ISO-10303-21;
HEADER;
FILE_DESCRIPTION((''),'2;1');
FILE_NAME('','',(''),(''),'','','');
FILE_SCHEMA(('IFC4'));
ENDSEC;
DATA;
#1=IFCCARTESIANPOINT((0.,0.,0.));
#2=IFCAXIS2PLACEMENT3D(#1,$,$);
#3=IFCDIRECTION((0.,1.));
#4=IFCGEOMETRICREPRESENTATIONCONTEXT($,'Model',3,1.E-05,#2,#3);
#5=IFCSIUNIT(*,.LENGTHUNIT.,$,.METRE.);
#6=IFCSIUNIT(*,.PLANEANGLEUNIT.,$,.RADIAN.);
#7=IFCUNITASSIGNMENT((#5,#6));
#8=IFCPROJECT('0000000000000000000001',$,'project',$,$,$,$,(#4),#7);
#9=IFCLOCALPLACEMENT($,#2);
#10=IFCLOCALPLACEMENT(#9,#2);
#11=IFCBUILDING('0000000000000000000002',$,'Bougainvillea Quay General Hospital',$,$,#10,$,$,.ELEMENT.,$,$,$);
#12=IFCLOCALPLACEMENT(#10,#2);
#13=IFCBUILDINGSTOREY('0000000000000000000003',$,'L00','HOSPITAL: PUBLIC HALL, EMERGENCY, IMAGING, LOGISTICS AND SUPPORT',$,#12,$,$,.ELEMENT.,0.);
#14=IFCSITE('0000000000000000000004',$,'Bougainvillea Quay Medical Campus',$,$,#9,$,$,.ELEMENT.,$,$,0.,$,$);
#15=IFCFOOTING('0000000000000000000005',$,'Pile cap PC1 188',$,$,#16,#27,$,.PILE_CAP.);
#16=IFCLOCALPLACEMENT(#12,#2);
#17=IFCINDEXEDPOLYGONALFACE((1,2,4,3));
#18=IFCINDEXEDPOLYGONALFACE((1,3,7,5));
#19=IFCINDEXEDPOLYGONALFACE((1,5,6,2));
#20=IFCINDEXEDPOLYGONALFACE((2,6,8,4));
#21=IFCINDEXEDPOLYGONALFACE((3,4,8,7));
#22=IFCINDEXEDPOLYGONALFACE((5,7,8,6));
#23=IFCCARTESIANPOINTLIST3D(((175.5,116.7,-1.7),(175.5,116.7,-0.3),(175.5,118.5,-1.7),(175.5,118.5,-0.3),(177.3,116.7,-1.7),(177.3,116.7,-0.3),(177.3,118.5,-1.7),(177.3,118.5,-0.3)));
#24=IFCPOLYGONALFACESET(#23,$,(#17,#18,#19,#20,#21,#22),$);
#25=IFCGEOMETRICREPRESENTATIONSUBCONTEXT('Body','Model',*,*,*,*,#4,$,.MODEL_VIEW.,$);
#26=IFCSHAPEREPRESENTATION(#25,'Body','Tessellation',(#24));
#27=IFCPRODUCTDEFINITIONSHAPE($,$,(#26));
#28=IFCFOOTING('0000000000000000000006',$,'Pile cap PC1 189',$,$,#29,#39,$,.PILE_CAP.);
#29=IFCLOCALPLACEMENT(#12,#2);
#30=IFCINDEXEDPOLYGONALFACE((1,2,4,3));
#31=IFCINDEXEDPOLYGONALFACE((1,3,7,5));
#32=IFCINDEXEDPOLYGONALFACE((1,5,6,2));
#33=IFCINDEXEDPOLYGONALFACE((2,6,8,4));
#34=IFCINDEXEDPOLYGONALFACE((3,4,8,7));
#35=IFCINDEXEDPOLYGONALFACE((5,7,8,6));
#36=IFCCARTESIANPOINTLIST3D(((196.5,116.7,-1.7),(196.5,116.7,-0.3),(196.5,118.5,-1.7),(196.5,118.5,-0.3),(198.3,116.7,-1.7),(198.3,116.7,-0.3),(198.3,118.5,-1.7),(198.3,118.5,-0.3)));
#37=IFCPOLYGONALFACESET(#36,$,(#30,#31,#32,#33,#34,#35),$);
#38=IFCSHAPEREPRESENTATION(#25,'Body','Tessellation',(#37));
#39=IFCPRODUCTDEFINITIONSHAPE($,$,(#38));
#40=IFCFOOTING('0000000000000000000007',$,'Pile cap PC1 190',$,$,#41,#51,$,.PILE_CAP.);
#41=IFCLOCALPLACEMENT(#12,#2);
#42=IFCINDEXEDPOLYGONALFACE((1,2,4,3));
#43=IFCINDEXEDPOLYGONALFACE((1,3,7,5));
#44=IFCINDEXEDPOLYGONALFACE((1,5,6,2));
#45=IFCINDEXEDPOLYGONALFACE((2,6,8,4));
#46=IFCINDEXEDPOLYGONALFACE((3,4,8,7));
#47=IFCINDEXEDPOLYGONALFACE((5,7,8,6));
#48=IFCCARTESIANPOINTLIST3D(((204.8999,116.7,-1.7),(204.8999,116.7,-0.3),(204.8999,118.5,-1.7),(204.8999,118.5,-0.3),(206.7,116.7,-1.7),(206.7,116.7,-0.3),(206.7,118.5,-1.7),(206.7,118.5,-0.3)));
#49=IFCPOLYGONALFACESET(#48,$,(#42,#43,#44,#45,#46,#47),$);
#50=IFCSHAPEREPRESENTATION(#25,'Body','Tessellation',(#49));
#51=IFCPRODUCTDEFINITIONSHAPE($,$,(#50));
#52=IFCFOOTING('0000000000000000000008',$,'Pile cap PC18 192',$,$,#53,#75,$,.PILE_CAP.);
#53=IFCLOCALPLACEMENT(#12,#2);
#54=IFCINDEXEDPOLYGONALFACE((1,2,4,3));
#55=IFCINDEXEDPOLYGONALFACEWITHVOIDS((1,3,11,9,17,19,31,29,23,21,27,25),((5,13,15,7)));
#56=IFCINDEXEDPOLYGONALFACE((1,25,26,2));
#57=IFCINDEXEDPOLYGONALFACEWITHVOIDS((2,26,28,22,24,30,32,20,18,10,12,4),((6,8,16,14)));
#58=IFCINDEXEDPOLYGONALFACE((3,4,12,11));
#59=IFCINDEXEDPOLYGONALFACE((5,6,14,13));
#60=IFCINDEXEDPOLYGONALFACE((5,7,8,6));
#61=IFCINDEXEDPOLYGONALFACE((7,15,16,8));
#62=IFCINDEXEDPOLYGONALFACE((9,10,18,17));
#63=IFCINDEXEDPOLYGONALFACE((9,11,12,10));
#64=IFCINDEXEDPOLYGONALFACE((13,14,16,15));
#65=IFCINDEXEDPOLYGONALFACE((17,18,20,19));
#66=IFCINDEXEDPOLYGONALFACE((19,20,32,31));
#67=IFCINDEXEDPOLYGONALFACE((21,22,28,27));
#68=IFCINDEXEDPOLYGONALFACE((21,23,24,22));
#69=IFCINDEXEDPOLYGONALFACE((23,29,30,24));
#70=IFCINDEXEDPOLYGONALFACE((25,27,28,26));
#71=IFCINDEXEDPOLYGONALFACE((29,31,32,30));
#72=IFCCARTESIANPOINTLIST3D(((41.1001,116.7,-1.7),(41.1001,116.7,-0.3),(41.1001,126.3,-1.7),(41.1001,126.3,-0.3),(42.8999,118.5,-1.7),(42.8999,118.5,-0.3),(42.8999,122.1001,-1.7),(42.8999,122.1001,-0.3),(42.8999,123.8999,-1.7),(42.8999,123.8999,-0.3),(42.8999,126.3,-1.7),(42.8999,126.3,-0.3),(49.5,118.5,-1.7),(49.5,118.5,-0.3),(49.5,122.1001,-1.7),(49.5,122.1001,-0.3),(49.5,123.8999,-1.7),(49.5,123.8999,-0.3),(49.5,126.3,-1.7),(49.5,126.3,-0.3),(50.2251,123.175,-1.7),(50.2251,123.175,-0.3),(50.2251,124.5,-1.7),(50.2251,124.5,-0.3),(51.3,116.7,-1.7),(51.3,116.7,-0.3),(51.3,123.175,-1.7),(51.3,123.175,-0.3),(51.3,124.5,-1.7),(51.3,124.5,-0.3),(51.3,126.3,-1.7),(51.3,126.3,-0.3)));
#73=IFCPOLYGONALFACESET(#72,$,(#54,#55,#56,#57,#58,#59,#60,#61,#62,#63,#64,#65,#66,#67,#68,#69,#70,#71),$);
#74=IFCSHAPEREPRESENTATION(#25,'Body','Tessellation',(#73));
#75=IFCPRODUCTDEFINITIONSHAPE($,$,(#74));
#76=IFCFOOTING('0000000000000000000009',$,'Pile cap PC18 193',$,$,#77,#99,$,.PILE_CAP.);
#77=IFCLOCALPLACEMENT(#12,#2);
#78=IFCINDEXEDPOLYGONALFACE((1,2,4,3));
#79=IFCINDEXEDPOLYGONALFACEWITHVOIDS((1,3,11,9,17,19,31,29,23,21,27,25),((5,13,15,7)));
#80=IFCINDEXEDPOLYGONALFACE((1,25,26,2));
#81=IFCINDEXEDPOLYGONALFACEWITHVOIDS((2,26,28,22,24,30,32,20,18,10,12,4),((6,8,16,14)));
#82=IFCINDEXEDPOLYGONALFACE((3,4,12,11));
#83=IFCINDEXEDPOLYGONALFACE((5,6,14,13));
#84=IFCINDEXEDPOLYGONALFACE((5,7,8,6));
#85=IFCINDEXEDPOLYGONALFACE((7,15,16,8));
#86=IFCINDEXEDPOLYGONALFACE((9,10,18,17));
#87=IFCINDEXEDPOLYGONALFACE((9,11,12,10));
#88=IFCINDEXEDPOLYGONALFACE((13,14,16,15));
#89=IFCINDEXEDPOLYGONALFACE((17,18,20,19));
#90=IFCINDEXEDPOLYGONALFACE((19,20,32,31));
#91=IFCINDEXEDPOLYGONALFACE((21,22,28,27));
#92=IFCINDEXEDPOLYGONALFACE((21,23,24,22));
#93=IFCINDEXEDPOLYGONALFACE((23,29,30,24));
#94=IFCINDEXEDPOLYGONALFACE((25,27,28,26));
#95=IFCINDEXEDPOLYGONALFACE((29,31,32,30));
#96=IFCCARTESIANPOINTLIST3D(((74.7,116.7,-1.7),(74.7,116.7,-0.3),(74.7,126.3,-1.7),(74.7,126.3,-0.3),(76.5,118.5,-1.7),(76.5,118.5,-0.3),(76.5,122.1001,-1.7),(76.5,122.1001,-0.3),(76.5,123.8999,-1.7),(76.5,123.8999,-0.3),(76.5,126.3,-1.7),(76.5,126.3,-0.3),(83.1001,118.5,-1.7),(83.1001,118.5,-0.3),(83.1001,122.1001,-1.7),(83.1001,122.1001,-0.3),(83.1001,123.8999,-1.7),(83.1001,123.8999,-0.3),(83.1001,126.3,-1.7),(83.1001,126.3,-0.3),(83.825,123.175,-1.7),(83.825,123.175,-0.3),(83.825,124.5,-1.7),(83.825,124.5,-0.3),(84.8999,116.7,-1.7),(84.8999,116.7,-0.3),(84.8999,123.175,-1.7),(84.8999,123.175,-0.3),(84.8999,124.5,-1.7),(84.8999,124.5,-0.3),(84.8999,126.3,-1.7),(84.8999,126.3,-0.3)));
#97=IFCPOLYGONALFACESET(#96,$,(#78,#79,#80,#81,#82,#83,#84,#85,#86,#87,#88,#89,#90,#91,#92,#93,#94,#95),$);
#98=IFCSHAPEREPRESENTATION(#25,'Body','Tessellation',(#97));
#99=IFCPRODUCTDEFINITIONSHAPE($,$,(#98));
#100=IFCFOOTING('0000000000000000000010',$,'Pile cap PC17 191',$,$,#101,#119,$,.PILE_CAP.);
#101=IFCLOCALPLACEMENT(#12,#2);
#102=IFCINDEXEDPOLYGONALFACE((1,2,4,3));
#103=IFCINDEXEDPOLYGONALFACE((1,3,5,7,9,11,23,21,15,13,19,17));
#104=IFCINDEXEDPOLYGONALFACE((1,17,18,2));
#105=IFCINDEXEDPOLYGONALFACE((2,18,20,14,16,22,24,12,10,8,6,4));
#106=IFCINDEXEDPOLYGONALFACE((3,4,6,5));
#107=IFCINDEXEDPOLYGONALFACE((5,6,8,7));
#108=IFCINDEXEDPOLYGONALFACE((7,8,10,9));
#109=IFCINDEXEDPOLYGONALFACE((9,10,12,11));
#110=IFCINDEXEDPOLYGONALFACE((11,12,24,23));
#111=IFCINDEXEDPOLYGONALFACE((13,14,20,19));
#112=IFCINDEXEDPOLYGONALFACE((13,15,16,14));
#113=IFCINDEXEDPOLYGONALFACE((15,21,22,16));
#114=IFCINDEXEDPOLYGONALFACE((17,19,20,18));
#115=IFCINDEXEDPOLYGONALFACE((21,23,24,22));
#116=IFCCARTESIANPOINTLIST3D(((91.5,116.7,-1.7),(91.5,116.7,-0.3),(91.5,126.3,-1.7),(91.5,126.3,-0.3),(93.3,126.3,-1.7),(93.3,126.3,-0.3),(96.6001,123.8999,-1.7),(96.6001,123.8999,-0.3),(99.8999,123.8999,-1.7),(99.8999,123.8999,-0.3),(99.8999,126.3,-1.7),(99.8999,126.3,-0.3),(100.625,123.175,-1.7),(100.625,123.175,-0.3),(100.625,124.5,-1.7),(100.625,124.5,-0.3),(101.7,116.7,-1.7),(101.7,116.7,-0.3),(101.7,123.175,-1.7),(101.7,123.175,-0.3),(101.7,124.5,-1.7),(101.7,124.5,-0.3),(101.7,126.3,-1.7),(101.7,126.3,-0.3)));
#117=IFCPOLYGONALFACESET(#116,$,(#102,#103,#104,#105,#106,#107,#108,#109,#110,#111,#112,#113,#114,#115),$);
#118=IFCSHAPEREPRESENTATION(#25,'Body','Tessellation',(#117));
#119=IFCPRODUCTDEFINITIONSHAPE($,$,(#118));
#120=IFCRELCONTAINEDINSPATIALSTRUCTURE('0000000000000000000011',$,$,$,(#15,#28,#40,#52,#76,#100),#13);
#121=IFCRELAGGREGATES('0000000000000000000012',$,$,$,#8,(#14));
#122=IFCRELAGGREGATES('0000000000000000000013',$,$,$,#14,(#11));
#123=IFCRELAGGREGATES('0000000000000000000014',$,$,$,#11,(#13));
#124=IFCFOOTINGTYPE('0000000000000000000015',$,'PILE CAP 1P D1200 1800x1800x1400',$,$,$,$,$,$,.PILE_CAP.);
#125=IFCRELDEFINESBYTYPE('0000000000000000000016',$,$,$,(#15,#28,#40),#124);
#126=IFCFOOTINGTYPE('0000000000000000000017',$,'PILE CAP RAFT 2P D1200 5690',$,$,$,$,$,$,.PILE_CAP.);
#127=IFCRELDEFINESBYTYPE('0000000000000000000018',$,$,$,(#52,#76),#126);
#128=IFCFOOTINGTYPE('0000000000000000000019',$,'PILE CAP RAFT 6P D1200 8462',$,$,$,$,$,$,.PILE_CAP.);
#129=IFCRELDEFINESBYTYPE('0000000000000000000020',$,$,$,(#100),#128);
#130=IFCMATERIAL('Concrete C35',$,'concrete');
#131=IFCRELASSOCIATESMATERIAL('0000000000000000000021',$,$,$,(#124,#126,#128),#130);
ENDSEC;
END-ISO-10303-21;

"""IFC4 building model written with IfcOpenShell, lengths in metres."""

from ifc_helpers import new_model, si_unit, direction, frame, origin, place, context, subcontext, project, spatial, polyline, outline, extrude, material, type_object, element, save


model = new_model("IFC4")

# Units and contexts
model_context = context("Model", 3, precision=1e-05, world=origin(), true_north=direction((0.0, 1.0)))
body_context = subcontext(model_context, "Body", "Model", "MODEL_VIEW")
ifc_project = project(units=[si_unit("LENGTHUNIT", "METRE"), si_unit("PLANEANGLEUNIT", "RADIAN")], contexts=[model_context])

# Site, building, storey
site_placement = place(None, origin())
site = spatial("IfcSite", under=ifc_project, at=site_placement, Name="Bougainvillea Quay Medical Campus", CompositionType="ELEMENT", RefElevation=0.0)
building_placement = place(site_placement, origin())
building = spatial("IfcBuilding", under=site, at=building_placement, Name="Bougainvillea Quay General Hospital", CompositionType="ELEMENT")
storey_placement = place(building_placement, origin())
storey = spatial("IfcBuildingStorey", under=building, at=storey_placement, Name="L00", Description="HOSPITAL: PUBLIC HALL, EMERGENCY, IMAGING, LOGISTICS AND SUPPORT", CompositionType="ELEMENT", Elevation=0.0)

# Footings
ifc_material = material(Name="Concrete C35", Category="concrete")
footing_type_1 = type_object("IfcFootingType", Name="PILE CAP 1P D1200 1800x1800x1400", PredefinedType="PILE_CAP", material=ifc_material)
footing_1_placement = place(storey_placement, frame((0.0, 0.0, -1.7)))
element("IfcFooting", 1, at=footing_1_placement, inside=storey, type_object=footing_type_1, Name="Pile cap PC1 188", PredefinedType="PILE_CAP", context=body_context, shape_type="SweptSolid", body=[
    extrude(outline(polyline([(175.5, 116.7), (177.3, 116.7), (177.3, 118.5), (175.5, 118.5), (175.5, 116.7)])), origin(), (0.0, 0.0, 1.0), 1.3999),
])
footing_2_placement = place(storey_placement, frame((0.0, 0.0, -1.7)))
element("IfcFooting", 2, at=footing_2_placement, inside=storey, type_object=footing_type_1, Name="Pile cap PC1 189", PredefinedType="PILE_CAP", context=body_context, shape_type="SweptSolid", body=[
    extrude(outline(polyline([(196.5, 116.7), (198.3, 116.7), (198.3, 118.5), (196.5, 118.5), (196.5, 116.7)])), origin(), (0.0, 0.0, 1.0), 1.3999),
])
footing_3_placement = place(storey_placement, frame((0.0, 0.0, -1.7)))
element("IfcFooting", 3, at=footing_3_placement, inside=storey, type_object=footing_type_1, Name="Pile cap PC1 190", PredefinedType="PILE_CAP", context=body_context, shape_type="SweptSolid", body=[
    extrude(outline(polyline([(204.8999, 116.7), (206.7, 116.7), (206.7, 118.5), (204.8999, 118.5), (204.8999, 116.7)])), origin(), (0.0, 0.0, 1.0), 1.3999),
])
footing_type_2 = type_object("IfcFootingType", Name="PILE CAP RAFT 2P D1200 5690", PredefinedType="PILE_CAP", material=ifc_material)
footing_4_placement = place(storey_placement, frame((0.0, 0.0, -1.7)))
element("IfcFooting", 4, at=footing_4_placement, inside=storey, type_object=footing_type_2, Name="Pile cap PC18 192", PredefinedType="PILE_CAP", context=body_context, shape_type="SweptSolid", body=[
    extrude(outline(polyline([(51.3, 116.7), (41.1001, 116.7), (41.1001, 126.3), (42.8999, 126.3), (42.8999, 123.8999), (49.5, 123.8999), (49.5, 126.3), (51.3, 126.3), (51.3, 124.5), (50.2251, 124.5), (50.2251, 123.175), (51.3, 123.175), (51.3, 116.7)]), holes=[polyline([(49.5, 122.1001), (42.8999, 122.1001), (42.8999, 118.5), (49.5, 118.5), (49.5, 122.1001)])]), origin(), (0.0, 0.0, 1.0), 1.3999),
])
footing_5_placement = place(storey_placement, frame((0.0, 0.0, -1.7)))
element("IfcFooting", 5, at=footing_5_placement, inside=storey, type_object=footing_type_2, Name="Pile cap PC18 193", PredefinedType="PILE_CAP", context=body_context, shape_type="SweptSolid", body=[
    extrude(outline(polyline([(84.8999, 116.7), (74.7, 116.7), (74.7, 126.3), (76.5, 126.3), (76.5, 123.8999), (83.1001, 123.8999), (83.1001, 126.3), (84.8999, 126.3), (84.8999, 124.5), (83.825, 124.5), (83.825, 123.175), (84.8999, 123.175), (84.8999, 116.7)]), holes=[polyline([(83.1001, 122.1001), (76.5, 122.1001), (76.5, 118.5), (83.1001, 118.5), (83.1001, 122.1001)])]), origin(), (0.0, 0.0, 1.0), 1.3999),
])
footing_type_3 = type_object("IfcFootingType", Name="PILE CAP RAFT 6P D1200 8462", PredefinedType="PILE_CAP", material=ifc_material)
footing_6_placement = place(storey_placement, frame((0.0, 0.0, -1.7)))
element("IfcFooting", 6, at=footing_6_placement, inside=storey, type_object=footing_type_3, Name="Pile cap PC17 191", PredefinedType="PILE_CAP", context=body_context, shape_type="SweptSolid", body=[
    extrude(outline(polyline([(101.7, 116.7), (91.5, 116.7), (91.5, 126.3), (93.3, 126.3), (96.6001, 123.8999), (99.8999, 123.8999), (99.8999, 126.3), (101.7, 126.3), (101.7, 124.5), (100.625, 124.5), (100.625, 123.175), (101.7, 123.175), (101.7, 116.7)])), origin(), (0.0, 0.0, 1.0), 1.3999),
])

save(model, "model.ifc")
